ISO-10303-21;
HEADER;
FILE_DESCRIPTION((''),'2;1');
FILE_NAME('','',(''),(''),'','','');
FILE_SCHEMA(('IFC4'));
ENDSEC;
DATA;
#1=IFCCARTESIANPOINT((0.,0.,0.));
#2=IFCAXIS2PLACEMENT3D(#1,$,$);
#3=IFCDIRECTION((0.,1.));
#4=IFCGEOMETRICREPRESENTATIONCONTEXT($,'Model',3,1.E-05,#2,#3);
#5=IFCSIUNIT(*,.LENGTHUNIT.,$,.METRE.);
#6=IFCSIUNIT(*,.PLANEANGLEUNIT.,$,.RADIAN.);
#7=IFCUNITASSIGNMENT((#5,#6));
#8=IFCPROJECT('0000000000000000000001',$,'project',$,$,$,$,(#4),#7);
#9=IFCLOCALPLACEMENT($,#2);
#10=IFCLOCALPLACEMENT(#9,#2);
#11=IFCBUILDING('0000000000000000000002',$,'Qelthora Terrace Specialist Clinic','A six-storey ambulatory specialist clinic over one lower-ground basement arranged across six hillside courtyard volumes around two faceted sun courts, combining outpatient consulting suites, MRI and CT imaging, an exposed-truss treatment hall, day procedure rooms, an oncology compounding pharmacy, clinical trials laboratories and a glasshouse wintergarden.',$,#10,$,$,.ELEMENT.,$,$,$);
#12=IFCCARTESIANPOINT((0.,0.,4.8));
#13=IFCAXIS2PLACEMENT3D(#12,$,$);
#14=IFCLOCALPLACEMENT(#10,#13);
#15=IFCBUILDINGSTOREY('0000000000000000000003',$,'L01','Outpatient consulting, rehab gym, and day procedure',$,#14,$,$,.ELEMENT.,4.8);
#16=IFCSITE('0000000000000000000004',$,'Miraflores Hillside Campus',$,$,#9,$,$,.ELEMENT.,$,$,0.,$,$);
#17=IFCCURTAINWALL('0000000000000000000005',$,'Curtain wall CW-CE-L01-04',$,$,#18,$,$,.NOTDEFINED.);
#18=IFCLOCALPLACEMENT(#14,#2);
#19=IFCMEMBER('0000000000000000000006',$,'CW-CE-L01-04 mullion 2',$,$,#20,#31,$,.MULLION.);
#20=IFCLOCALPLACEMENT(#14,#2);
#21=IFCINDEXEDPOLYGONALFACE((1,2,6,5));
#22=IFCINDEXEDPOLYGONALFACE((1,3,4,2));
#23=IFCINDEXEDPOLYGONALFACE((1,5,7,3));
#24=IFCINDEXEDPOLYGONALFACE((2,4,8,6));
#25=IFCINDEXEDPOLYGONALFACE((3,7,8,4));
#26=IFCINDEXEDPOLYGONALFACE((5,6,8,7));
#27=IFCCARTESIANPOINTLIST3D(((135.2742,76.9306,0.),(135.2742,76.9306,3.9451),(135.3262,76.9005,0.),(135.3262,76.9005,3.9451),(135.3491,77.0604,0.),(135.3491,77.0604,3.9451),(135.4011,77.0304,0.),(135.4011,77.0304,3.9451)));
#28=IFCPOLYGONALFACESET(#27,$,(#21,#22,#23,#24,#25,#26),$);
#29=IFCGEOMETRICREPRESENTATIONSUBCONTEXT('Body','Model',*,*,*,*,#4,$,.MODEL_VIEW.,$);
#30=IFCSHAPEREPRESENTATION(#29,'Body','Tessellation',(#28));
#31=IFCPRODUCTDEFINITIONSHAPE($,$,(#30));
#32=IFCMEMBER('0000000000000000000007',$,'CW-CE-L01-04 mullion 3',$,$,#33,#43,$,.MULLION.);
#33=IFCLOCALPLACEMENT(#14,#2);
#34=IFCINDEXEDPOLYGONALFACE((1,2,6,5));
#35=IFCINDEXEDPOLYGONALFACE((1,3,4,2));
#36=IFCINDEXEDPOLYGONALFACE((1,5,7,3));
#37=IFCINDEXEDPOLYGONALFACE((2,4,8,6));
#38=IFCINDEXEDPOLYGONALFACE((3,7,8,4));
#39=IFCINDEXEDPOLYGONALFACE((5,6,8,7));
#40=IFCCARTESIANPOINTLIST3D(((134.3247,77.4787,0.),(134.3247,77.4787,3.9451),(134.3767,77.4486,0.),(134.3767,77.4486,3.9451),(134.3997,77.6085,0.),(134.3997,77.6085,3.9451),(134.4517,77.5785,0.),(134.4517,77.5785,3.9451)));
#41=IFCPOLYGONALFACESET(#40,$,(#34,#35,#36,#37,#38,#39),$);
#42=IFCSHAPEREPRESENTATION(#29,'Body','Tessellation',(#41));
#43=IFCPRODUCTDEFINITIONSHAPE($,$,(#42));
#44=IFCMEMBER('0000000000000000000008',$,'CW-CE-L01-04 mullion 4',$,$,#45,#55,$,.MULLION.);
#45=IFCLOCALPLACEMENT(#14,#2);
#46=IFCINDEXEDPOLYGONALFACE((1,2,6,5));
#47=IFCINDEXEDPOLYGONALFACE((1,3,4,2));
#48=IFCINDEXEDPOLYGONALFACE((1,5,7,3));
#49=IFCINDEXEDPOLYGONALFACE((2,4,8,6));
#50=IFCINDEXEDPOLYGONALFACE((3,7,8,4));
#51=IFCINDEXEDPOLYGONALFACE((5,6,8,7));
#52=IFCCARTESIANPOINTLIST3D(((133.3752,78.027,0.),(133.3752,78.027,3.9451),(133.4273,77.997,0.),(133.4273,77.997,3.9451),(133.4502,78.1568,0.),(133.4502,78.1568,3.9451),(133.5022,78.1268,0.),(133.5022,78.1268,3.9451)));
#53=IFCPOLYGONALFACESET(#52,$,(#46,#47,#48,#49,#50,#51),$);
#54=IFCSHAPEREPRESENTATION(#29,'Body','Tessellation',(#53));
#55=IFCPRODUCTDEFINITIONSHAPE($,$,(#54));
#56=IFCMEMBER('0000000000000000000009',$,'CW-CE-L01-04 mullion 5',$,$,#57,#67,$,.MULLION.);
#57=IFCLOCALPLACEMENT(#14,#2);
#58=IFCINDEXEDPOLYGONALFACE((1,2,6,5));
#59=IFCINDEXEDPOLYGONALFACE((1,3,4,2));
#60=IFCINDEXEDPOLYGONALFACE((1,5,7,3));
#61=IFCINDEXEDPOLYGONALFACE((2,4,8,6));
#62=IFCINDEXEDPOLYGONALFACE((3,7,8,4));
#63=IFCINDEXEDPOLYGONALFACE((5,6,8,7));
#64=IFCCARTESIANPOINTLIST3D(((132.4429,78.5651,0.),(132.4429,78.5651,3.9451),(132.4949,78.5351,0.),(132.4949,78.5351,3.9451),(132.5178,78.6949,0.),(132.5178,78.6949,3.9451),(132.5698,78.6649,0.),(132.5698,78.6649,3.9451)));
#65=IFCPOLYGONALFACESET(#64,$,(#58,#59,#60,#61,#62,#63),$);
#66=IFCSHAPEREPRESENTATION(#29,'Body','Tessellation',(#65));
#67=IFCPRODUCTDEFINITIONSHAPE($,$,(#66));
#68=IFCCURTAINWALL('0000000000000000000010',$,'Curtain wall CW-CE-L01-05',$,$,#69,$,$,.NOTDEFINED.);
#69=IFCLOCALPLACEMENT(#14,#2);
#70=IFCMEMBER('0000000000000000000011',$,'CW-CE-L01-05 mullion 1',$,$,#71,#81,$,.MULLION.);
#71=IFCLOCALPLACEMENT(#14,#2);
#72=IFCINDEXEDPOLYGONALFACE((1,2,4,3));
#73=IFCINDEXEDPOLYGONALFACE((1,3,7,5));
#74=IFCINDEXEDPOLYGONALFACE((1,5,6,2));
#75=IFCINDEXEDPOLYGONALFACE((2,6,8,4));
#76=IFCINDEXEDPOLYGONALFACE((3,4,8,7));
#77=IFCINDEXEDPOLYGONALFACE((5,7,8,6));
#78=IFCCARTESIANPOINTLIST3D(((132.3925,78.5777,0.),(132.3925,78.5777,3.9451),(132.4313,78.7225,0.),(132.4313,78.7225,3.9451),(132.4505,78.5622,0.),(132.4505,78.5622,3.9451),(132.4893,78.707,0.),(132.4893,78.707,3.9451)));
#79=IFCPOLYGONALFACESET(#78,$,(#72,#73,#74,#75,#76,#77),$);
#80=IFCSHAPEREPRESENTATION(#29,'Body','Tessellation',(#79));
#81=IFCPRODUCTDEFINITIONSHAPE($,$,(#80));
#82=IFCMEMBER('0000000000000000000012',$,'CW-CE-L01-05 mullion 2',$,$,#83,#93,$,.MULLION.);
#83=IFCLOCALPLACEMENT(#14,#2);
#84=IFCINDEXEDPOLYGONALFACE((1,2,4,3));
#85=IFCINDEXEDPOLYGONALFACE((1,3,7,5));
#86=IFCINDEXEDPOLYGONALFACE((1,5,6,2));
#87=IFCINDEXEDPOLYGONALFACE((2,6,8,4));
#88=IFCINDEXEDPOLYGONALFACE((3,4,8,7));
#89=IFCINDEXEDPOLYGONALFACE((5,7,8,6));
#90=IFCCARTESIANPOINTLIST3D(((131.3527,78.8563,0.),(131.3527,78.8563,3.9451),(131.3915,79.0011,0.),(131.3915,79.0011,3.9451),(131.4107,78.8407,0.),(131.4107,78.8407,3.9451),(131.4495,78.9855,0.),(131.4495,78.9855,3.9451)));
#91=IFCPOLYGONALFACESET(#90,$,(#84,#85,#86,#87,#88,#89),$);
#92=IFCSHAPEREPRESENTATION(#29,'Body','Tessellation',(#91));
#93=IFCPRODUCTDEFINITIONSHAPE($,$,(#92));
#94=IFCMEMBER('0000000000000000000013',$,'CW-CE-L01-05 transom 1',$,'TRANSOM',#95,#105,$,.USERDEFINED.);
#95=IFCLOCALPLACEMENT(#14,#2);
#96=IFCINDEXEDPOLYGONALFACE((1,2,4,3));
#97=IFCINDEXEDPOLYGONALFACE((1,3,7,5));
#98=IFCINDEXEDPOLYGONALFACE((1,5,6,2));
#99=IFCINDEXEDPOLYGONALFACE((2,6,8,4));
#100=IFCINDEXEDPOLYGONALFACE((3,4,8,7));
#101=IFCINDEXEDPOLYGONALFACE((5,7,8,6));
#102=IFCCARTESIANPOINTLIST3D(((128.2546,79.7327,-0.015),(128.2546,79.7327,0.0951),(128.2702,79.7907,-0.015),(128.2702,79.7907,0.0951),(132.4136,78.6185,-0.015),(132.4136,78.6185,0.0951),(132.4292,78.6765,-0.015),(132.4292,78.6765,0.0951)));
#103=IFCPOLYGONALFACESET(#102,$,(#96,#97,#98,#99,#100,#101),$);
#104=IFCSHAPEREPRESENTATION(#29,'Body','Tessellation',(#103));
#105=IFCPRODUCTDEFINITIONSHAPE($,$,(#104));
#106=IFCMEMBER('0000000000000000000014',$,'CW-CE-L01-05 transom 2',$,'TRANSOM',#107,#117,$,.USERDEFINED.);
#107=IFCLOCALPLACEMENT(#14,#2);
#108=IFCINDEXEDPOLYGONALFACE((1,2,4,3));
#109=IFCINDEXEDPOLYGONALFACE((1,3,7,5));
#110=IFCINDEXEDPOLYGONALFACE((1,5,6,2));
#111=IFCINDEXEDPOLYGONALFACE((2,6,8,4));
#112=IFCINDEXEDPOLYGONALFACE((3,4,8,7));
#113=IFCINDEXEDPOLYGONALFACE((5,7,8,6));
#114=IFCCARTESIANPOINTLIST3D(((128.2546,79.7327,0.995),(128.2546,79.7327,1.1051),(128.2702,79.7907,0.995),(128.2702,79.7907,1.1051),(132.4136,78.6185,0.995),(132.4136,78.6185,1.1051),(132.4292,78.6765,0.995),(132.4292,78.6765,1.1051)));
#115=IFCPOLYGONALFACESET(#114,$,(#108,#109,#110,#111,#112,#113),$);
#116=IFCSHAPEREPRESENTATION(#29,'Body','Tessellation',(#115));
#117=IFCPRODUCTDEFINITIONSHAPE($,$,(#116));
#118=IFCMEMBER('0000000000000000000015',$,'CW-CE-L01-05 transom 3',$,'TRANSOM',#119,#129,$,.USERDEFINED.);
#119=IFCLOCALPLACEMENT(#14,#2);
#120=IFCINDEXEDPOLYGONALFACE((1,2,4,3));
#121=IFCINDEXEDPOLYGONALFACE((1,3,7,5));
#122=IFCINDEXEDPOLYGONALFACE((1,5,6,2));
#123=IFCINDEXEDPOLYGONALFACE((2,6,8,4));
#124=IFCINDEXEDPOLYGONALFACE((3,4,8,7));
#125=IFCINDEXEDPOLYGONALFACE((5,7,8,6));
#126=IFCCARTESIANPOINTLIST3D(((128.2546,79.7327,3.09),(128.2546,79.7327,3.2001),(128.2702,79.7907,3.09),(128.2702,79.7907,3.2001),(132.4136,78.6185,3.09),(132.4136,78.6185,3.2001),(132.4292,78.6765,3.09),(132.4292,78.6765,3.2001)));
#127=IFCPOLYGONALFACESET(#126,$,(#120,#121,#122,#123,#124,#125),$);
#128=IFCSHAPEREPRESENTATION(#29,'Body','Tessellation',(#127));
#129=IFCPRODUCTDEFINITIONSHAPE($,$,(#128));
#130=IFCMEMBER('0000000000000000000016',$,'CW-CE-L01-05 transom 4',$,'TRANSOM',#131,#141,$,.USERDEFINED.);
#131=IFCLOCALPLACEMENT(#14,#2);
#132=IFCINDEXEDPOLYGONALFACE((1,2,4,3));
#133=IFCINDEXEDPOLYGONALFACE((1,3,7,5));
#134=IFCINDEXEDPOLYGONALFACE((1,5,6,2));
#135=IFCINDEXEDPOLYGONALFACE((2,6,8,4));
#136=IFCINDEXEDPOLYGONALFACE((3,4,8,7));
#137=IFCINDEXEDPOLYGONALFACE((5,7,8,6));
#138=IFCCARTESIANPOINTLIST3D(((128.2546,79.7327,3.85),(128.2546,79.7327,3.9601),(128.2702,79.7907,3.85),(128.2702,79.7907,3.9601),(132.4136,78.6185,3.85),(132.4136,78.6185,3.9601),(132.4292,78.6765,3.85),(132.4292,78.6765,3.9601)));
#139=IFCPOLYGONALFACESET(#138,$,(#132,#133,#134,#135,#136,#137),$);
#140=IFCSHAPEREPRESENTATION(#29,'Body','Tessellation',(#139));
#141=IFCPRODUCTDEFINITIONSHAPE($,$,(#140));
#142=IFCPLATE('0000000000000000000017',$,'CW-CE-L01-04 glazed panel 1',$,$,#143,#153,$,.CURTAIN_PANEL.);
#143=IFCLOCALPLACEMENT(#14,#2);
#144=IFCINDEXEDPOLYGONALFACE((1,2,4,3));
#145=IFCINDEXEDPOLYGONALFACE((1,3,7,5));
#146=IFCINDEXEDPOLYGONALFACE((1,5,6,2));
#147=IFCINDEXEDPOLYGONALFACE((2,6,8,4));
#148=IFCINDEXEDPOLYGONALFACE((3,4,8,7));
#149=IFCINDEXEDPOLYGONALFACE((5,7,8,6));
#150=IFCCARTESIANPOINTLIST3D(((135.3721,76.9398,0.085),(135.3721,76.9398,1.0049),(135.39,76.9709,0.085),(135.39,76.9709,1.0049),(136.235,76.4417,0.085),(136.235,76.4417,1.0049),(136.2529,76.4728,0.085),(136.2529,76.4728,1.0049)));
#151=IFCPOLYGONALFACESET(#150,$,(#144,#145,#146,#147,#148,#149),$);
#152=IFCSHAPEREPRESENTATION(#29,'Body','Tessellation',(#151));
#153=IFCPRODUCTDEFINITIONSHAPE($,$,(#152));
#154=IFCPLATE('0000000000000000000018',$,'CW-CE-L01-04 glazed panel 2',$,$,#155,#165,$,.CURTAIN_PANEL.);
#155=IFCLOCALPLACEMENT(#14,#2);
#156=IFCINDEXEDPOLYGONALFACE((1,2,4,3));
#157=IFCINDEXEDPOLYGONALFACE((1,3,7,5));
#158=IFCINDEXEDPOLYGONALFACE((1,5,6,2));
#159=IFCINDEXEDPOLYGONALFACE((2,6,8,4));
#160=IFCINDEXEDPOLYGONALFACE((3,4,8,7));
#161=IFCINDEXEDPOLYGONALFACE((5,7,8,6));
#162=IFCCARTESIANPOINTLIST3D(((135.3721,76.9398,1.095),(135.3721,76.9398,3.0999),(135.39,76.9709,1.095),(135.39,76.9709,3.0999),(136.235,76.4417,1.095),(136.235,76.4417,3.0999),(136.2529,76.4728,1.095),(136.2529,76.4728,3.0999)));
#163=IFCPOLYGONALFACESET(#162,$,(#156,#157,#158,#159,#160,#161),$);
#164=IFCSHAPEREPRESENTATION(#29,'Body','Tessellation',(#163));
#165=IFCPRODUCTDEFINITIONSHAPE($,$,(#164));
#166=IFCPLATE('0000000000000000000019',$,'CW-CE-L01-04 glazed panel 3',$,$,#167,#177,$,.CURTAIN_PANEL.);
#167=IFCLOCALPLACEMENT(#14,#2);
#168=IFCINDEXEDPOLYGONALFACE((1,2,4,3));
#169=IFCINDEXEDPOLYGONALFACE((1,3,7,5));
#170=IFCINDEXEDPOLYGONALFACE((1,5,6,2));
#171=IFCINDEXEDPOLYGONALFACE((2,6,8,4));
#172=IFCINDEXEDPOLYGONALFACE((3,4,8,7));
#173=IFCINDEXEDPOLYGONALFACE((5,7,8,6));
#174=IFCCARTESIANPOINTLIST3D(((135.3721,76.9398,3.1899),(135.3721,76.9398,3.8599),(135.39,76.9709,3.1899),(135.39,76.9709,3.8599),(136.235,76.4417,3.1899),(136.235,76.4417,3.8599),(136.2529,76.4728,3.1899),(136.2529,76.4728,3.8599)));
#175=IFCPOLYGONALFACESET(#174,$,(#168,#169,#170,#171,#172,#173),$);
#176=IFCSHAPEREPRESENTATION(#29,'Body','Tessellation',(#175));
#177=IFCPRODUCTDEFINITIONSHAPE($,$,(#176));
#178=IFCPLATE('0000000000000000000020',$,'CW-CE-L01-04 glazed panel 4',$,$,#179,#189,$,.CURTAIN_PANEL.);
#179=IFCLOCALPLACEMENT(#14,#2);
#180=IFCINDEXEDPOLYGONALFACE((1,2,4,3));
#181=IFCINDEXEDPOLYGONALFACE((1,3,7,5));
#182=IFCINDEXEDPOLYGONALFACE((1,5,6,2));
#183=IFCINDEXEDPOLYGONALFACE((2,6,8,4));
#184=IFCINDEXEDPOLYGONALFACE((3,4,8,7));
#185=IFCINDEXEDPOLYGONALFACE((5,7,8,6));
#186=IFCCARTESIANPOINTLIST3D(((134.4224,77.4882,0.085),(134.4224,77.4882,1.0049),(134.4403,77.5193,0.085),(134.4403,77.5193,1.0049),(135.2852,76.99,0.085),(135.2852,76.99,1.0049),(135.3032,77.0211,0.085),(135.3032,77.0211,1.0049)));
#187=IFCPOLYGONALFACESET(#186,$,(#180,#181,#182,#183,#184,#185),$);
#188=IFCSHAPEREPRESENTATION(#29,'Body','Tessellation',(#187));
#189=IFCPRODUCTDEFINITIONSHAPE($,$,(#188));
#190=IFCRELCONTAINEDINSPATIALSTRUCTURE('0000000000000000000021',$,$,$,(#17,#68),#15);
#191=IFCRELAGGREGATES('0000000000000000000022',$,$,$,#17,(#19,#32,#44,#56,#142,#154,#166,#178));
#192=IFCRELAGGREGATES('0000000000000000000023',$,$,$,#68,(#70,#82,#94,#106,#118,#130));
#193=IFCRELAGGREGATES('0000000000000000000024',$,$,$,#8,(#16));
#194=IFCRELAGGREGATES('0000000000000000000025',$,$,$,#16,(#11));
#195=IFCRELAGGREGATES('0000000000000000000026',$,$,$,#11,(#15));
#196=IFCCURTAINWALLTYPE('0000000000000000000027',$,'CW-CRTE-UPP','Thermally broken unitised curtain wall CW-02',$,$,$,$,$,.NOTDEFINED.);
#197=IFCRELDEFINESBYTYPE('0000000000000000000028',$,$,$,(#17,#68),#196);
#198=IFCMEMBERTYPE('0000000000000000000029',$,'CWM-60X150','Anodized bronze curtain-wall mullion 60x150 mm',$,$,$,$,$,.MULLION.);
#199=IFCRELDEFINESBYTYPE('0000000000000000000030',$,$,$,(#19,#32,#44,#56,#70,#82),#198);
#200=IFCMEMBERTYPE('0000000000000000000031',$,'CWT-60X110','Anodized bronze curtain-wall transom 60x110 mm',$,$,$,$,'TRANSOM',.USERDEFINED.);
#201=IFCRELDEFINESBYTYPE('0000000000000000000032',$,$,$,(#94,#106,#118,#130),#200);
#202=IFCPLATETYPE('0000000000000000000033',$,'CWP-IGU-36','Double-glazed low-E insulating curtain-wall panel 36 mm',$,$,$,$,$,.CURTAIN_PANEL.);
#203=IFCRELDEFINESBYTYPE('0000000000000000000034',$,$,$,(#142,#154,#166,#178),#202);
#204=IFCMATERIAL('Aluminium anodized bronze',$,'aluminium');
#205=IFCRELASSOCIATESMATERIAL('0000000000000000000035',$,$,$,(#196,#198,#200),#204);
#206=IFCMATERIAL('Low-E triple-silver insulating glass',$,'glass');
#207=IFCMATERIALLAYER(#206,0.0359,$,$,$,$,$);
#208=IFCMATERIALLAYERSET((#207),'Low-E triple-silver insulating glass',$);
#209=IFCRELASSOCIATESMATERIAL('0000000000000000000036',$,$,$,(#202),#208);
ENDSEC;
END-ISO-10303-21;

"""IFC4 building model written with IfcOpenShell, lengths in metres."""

from ifc_helpers import new_model, si_unit, direction, frame, origin, origin_2d, place, context, subcontext, project, spatial, rectangle, extrude, material, layer, layer_set, material_profile, profile_set, type_object, element, aggregate, save


model = new_model("IFC4")

# Units and contexts
model_context = context("Model", 3, precision=1e-05, world=origin(), true_north=direction((0.0, 1.0)))
body_context = subcontext(model_context, "Body", "Model", "MODEL_VIEW")
ifc_project = project(units=[si_unit("LENGTHUNIT", "METRE"), si_unit("PLANEANGLEUNIT", "RADIAN")], contexts=[model_context])

# Site, building, storey
site_placement = place(None, origin())
site = spatial("IfcSite", under=ifc_project, at=site_placement, Name="Miraflores Hillside Campus", CompositionType="ELEMENT", RefElevation=0.0)
building_placement = place(site_placement, origin())
building = spatial("IfcBuilding", under=site, at=building_placement, Name="Qelthora Terrace Specialist Clinic", Description="A six-storey ambulatory specialist clinic over one lower-ground basement arranged across six hillside courtyard volumes around two faceted sun courts, combining outpatient consulting suites, MRI and CT imaging, an exposed-truss treatment hall, day procedure rooms, an oncology compounding pharmacy, clinical trials laboratories and a glasshouse wintergarden.", CompositionType="ELEMENT")
storey_placement = place(building_placement, frame((0.0, 0.0, 4.8)))
storey = spatial("IfcBuildingStorey", under=building, at=storey_placement, Name="L01", Description="Outpatient consulting, rehab gym, and day procedure", CompositionType="ELEMENT", Elevation=4.8)

# Curtain walls, members
ifc_material_1 = material(Name="Aluminium anodized bronze", Category="aluminium")
curtain_wall_type = type_object("IfcCurtainWallType", Name="CW-CRTE-UPP", Description="Thermally broken unitised curtain wall CW-02", PredefinedType="NOTDEFINED", material=ifc_material_1)
curtain_wall_1_placement = place(storey_placement, origin())
curtain_wall_1 = element("IfcCurtainWall", 1, at=curtain_wall_1_placement, inside=storey, type_object=curtain_wall_type, Name="Curtain wall CW-CE-L01-04", PredefinedType="NOTDEFINED")
ifc_material_profile_1 = material_profile(ifc_material_1, rectangle(XDim=0.0601, YDim=0.1499, at=origin_2d()), Name="CWM60X150")
ifc_profile_set_1 = profile_set([ifc_material_profile_1], Name="Aluminium anodized bronze")
member_type_1 = type_object("IfcMemberType", Name="CWM-60X150", Description="Anodized bronze curtain-wall mullion 60x150 mm", PredefinedType="MULLION", material=ifc_profile_set_1)
member_1_placement = place(storey_placement, frame((135.3376, 76.9805, 0.0), z_axis=(0.0, 0.0, 1.0), x_axis=(-0.866025, 0.5, 0.0)))
member_1 = element("IfcMember", 2, at=member_1_placement, type_object=member_type_1, Name="CW-CE-L01-04 mullion 2", PredefinedType="MULLION", context=body_context, shape_type="SweptSolid", body=[
    extrude(rectangle(XDim=0.0601, YDim=0.1499, at=origin_2d()), origin(), (0.0, 0.0, 1.0), 3.9451),
])
member_2_placement = place(storey_placement, frame((134.3882, 77.5286, 0.0), z_axis=(0.0, 0.0, 1.0), x_axis=(-0.866025, 0.5, 0.0)))
member_2 = element("IfcMember", 3, at=member_2_placement, type_object=member_type_1, Name="CW-CE-L01-04 mullion 3", PredefinedType="MULLION", context=body_context, shape_type="SweptSolid", body=[
    extrude(rectangle(XDim=0.0601, YDim=0.1499, at=origin_2d()), origin(), (0.0, 0.0, 1.0), 3.9451),
])
member_3_placement = place(storey_placement, frame((133.4387, 78.0769, 0.0), z_axis=(0.0, 0.0, 1.0), x_axis=(-0.866025, 0.5, 0.0)))
member_3 = element("IfcMember", 4, at=member_3_placement, type_object=member_type_1, Name="CW-CE-L01-04 mullion 4", PredefinedType="MULLION", context=body_context, shape_type="SweptSolid", body=[
    extrude(rectangle(XDim=0.0601, YDim=0.1499, at=origin_2d()), origin(), (0.0, 0.0, 1.0), 3.9451),
])
member_4_placement = place(storey_placement, frame((132.5063, 78.615, 0.0), z_axis=(0.0, 0.0, 1.0), x_axis=(-0.866025, 0.5, 0.0)))
member_4 = element("IfcMember", 5, at=member_4_placement, type_object=member_type_1, Name="CW-CE-L01-04 mullion 5", PredefinedType="MULLION", context=body_context, shape_type="SweptSolid", body=[
    extrude(rectangle(XDim=0.0601, YDim=0.1499, at=origin_2d()), origin(), (0.0, 0.0, 1.0), 3.9451),
])
curtain_wall_2_placement = place(storey_placement, origin())
curtain_wall_2 = element("IfcCurtainWall", 6, at=curtain_wall_2_placement, inside=storey, type_object=curtain_wall_type, Name="Curtain wall CW-CE-L01-05", PredefinedType="NOTDEFINED")
member_5_placement = place(storey_placement, frame((132.4409, 78.6423, 0.0), z_axis=(0.0, 0.0, 1.0), x_axis=(-0.965926, 0.25882, 0.0)))
member_5 = element("IfcMember", 7, at=member_5_placement, type_object=member_type_1, Name="CW-CE-L01-05 mullion 1", PredefinedType="MULLION", context=body_context, shape_type="SweptSolid", body=[
    extrude(rectangle(XDim=0.0601, YDim=0.1499, at=origin_2d()), origin(), (0.0, 0.0, 1.0), 3.9451),
])
member_6_placement = place(storey_placement, frame((131.4011, 78.9209, 0.0), z_axis=(0.0, 0.0, 1.0), x_axis=(-0.965926, 0.25882, 0.0)))
member_6 = element("IfcMember", 8, at=member_6_placement, type_object=member_type_1, Name="CW-CE-L01-05 mullion 2", PredefinedType="MULLION", context=body_context, shape_type="SweptSolid", body=[
    extrude(rectangle(XDim=0.0601, YDim=0.1499, at=origin_2d()), origin(), (0.0, 0.0, 1.0), 3.9451),
])
ifc_material_profile_2 = material_profile(ifc_material_1, rectangle(XDim=0.0601, YDim=0.1101, at=origin_2d()), Name="CWT60X110")
ifc_profile_set_2 = profile_set([ifc_material_profile_2], Name="Aluminium anodized bronze")
member_type_2 = type_object("IfcMemberType", Name="CWT-60X110", Description="Anodized bronze curtain-wall transom 60x110 mm", ElementType="TRANSOM", PredefinedType="USERDEFINED", material=ifc_profile_set_2)
member_7_placement = place(storey_placement, frame((132.4214, 78.6475, 0.04), z_axis=(-0.965933, 0.258792, 0.0), x_axis=(-0.258792, -0.965933, 0.0)))
member_7 = element("IfcMember", 9, at=member_7_placement, type_object=member_type_2, Name="CW-CE-L01-05 transom 1", ObjectType="TRANSOM", PredefinedType="USERDEFINED", context=body_context, shape_type="SweptSolid", body=[
    extrude(rectangle(XDim=0.0601, YDim=0.1101, at=origin_2d()), origin(), (0.0, 0.0, 1.0), 4.3057),
])
member_8_placement = place(storey_placement, frame((132.4214, 78.6475, 1.05), z_axis=(-0.965933, 0.258792, 0.0), x_axis=(-0.258792, -0.965933, 0.0)))
member_8 = element("IfcMember", 10, at=member_8_placement, type_object=member_type_2, Name="CW-CE-L01-05 transom 2", ObjectType="TRANSOM", PredefinedType="USERDEFINED", context=body_context, shape_type="SweptSolid", body=[
    extrude(rectangle(XDim=0.0601, YDim=0.1101, at=origin_2d()), origin(), (0.0, 0.0, 1.0), 4.3057),
])
member_9_placement = place(storey_placement, frame((132.4214, 78.6475, 3.145), z_axis=(-0.965933, 0.258792, 0.0), x_axis=(-0.258792, -0.965933, 0.0)))
member_9 = element("IfcMember", 11, at=member_9_placement, type_object=member_type_2, Name="CW-CE-L01-05 transom 3", ObjectType="TRANSOM", PredefinedType="USERDEFINED", context=body_context, shape_type="SweptSolid", body=[
    extrude(rectangle(XDim=0.0601, YDim=0.1101, at=origin_2d()), origin(), (0.0, 0.0, 1.0), 4.3057),
])
member_10_placement = place(storey_placement, frame((132.4214, 78.6475, 3.905), z_axis=(-0.965933, 0.258792, 0.0), x_axis=(-0.258792, -0.965933, 0.0)))
member_10 = element("IfcMember", 12, at=member_10_placement, type_object=member_type_2, Name="CW-CE-L01-05 transom 4", ObjectType="TRANSOM", PredefinedType="USERDEFINED", context=body_context, shape_type="SweptSolid", body=[
    extrude(rectangle(XDim=0.0601, YDim=0.1101, at=origin_2d()), origin(), (0.0, 0.0, 1.0), 4.3057),
])

# Plates
ifc_material_2 = material(Name="Low-E triple-silver insulating glass", Category="glass")
ifc_layer = layer(ifc_material_2, 0.0359)
ifc_layer_set = layer_set([ifc_layer], Name="Low-E triple-silver insulating glass")
plate_type = type_object("IfcPlateType", Name="CWP-IGU-36", Description="Double-glazed low-E insulating curtain-wall panel 36 mm", PredefinedType="CURTAIN_PANEL", material=ifc_layer_set)
plate_1_placement = place(storey_placement, frame((135.8125, 76.7063, 0.085), z_axis=(0.0, 0.0, 1.0), x_axis=(-0.866025, 0.5, 0.0)))
plate_1 = element("IfcPlate", 13, at=plate_1_placement, type_object=plate_type, Name="CW-CE-L01-04 glazed panel 1", PredefinedType="CURTAIN_PANEL", context=body_context, shape_type="SweptSolid", body=[
    extrude(rectangle(XDim=0.9963, YDim=0.0359, at=origin_2d()), origin(), (0.0, 0.0, 1.0), 0.9199),
])
plate_2_placement = place(storey_placement, frame((135.8125, 76.7063, 1.095), z_axis=(0.0, 0.0, 1.0), x_axis=(-0.866025, 0.5, 0.0)))
plate_2 = element("IfcPlate", 14, at=plate_2_placement, type_object=plate_type, Name="CW-CE-L01-04 glazed panel 2", PredefinedType="CURTAIN_PANEL", context=body_context, shape_type="SweptSolid", body=[
    extrude(rectangle(XDim=0.9963, YDim=0.0359, at=origin_2d()), origin(), (0.0, 0.0, 1.0), 2.0049),
])
plate_3_placement = place(storey_placement, frame((135.8125, 76.7063, 3.1899), z_axis=(0.0, 0.0, 1.0), x_axis=(-0.866025, 0.5, 0.0)))
plate_3 = element("IfcPlate", 15, at=plate_3_placement, type_object=plate_type, Name="CW-CE-L01-04 glazed panel 3", PredefinedType="CURTAIN_PANEL", context=body_context, shape_type="SweptSolid", body=[
    extrude(rectangle(XDim=0.9963, YDim=0.0359, at=origin_2d()), origin(), (0.0, 0.0, 1.0), 0.6699),
])
plate_4_placement = place(storey_placement, frame((134.8628, 77.2546, 0.085), z_axis=(0.0, 0.0, 1.0), x_axis=(-0.866025, 0.5, 0.0)))
plate_4 = element("IfcPlate", 16, at=plate_4_placement, type_object=plate_type, Name="CW-CE-L01-04 glazed panel 4", PredefinedType="CURTAIN_PANEL", context=body_context, shape_type="SweptSolid", body=[
    extrude(rectangle(XDim=0.9963, YDim=0.0359, at=origin_2d()), origin(), (0.0, 0.0, 1.0), 0.9199),
])
aggregate(curtain_wall_1, [member_1, member_2, member_3, member_4, plate_1, plate_2, plate_3, plate_4])
aggregate(curtain_wall_2, [member_5, member_6, member_7, member_8, member_9, member_10])

save(model, "model.ifc")
